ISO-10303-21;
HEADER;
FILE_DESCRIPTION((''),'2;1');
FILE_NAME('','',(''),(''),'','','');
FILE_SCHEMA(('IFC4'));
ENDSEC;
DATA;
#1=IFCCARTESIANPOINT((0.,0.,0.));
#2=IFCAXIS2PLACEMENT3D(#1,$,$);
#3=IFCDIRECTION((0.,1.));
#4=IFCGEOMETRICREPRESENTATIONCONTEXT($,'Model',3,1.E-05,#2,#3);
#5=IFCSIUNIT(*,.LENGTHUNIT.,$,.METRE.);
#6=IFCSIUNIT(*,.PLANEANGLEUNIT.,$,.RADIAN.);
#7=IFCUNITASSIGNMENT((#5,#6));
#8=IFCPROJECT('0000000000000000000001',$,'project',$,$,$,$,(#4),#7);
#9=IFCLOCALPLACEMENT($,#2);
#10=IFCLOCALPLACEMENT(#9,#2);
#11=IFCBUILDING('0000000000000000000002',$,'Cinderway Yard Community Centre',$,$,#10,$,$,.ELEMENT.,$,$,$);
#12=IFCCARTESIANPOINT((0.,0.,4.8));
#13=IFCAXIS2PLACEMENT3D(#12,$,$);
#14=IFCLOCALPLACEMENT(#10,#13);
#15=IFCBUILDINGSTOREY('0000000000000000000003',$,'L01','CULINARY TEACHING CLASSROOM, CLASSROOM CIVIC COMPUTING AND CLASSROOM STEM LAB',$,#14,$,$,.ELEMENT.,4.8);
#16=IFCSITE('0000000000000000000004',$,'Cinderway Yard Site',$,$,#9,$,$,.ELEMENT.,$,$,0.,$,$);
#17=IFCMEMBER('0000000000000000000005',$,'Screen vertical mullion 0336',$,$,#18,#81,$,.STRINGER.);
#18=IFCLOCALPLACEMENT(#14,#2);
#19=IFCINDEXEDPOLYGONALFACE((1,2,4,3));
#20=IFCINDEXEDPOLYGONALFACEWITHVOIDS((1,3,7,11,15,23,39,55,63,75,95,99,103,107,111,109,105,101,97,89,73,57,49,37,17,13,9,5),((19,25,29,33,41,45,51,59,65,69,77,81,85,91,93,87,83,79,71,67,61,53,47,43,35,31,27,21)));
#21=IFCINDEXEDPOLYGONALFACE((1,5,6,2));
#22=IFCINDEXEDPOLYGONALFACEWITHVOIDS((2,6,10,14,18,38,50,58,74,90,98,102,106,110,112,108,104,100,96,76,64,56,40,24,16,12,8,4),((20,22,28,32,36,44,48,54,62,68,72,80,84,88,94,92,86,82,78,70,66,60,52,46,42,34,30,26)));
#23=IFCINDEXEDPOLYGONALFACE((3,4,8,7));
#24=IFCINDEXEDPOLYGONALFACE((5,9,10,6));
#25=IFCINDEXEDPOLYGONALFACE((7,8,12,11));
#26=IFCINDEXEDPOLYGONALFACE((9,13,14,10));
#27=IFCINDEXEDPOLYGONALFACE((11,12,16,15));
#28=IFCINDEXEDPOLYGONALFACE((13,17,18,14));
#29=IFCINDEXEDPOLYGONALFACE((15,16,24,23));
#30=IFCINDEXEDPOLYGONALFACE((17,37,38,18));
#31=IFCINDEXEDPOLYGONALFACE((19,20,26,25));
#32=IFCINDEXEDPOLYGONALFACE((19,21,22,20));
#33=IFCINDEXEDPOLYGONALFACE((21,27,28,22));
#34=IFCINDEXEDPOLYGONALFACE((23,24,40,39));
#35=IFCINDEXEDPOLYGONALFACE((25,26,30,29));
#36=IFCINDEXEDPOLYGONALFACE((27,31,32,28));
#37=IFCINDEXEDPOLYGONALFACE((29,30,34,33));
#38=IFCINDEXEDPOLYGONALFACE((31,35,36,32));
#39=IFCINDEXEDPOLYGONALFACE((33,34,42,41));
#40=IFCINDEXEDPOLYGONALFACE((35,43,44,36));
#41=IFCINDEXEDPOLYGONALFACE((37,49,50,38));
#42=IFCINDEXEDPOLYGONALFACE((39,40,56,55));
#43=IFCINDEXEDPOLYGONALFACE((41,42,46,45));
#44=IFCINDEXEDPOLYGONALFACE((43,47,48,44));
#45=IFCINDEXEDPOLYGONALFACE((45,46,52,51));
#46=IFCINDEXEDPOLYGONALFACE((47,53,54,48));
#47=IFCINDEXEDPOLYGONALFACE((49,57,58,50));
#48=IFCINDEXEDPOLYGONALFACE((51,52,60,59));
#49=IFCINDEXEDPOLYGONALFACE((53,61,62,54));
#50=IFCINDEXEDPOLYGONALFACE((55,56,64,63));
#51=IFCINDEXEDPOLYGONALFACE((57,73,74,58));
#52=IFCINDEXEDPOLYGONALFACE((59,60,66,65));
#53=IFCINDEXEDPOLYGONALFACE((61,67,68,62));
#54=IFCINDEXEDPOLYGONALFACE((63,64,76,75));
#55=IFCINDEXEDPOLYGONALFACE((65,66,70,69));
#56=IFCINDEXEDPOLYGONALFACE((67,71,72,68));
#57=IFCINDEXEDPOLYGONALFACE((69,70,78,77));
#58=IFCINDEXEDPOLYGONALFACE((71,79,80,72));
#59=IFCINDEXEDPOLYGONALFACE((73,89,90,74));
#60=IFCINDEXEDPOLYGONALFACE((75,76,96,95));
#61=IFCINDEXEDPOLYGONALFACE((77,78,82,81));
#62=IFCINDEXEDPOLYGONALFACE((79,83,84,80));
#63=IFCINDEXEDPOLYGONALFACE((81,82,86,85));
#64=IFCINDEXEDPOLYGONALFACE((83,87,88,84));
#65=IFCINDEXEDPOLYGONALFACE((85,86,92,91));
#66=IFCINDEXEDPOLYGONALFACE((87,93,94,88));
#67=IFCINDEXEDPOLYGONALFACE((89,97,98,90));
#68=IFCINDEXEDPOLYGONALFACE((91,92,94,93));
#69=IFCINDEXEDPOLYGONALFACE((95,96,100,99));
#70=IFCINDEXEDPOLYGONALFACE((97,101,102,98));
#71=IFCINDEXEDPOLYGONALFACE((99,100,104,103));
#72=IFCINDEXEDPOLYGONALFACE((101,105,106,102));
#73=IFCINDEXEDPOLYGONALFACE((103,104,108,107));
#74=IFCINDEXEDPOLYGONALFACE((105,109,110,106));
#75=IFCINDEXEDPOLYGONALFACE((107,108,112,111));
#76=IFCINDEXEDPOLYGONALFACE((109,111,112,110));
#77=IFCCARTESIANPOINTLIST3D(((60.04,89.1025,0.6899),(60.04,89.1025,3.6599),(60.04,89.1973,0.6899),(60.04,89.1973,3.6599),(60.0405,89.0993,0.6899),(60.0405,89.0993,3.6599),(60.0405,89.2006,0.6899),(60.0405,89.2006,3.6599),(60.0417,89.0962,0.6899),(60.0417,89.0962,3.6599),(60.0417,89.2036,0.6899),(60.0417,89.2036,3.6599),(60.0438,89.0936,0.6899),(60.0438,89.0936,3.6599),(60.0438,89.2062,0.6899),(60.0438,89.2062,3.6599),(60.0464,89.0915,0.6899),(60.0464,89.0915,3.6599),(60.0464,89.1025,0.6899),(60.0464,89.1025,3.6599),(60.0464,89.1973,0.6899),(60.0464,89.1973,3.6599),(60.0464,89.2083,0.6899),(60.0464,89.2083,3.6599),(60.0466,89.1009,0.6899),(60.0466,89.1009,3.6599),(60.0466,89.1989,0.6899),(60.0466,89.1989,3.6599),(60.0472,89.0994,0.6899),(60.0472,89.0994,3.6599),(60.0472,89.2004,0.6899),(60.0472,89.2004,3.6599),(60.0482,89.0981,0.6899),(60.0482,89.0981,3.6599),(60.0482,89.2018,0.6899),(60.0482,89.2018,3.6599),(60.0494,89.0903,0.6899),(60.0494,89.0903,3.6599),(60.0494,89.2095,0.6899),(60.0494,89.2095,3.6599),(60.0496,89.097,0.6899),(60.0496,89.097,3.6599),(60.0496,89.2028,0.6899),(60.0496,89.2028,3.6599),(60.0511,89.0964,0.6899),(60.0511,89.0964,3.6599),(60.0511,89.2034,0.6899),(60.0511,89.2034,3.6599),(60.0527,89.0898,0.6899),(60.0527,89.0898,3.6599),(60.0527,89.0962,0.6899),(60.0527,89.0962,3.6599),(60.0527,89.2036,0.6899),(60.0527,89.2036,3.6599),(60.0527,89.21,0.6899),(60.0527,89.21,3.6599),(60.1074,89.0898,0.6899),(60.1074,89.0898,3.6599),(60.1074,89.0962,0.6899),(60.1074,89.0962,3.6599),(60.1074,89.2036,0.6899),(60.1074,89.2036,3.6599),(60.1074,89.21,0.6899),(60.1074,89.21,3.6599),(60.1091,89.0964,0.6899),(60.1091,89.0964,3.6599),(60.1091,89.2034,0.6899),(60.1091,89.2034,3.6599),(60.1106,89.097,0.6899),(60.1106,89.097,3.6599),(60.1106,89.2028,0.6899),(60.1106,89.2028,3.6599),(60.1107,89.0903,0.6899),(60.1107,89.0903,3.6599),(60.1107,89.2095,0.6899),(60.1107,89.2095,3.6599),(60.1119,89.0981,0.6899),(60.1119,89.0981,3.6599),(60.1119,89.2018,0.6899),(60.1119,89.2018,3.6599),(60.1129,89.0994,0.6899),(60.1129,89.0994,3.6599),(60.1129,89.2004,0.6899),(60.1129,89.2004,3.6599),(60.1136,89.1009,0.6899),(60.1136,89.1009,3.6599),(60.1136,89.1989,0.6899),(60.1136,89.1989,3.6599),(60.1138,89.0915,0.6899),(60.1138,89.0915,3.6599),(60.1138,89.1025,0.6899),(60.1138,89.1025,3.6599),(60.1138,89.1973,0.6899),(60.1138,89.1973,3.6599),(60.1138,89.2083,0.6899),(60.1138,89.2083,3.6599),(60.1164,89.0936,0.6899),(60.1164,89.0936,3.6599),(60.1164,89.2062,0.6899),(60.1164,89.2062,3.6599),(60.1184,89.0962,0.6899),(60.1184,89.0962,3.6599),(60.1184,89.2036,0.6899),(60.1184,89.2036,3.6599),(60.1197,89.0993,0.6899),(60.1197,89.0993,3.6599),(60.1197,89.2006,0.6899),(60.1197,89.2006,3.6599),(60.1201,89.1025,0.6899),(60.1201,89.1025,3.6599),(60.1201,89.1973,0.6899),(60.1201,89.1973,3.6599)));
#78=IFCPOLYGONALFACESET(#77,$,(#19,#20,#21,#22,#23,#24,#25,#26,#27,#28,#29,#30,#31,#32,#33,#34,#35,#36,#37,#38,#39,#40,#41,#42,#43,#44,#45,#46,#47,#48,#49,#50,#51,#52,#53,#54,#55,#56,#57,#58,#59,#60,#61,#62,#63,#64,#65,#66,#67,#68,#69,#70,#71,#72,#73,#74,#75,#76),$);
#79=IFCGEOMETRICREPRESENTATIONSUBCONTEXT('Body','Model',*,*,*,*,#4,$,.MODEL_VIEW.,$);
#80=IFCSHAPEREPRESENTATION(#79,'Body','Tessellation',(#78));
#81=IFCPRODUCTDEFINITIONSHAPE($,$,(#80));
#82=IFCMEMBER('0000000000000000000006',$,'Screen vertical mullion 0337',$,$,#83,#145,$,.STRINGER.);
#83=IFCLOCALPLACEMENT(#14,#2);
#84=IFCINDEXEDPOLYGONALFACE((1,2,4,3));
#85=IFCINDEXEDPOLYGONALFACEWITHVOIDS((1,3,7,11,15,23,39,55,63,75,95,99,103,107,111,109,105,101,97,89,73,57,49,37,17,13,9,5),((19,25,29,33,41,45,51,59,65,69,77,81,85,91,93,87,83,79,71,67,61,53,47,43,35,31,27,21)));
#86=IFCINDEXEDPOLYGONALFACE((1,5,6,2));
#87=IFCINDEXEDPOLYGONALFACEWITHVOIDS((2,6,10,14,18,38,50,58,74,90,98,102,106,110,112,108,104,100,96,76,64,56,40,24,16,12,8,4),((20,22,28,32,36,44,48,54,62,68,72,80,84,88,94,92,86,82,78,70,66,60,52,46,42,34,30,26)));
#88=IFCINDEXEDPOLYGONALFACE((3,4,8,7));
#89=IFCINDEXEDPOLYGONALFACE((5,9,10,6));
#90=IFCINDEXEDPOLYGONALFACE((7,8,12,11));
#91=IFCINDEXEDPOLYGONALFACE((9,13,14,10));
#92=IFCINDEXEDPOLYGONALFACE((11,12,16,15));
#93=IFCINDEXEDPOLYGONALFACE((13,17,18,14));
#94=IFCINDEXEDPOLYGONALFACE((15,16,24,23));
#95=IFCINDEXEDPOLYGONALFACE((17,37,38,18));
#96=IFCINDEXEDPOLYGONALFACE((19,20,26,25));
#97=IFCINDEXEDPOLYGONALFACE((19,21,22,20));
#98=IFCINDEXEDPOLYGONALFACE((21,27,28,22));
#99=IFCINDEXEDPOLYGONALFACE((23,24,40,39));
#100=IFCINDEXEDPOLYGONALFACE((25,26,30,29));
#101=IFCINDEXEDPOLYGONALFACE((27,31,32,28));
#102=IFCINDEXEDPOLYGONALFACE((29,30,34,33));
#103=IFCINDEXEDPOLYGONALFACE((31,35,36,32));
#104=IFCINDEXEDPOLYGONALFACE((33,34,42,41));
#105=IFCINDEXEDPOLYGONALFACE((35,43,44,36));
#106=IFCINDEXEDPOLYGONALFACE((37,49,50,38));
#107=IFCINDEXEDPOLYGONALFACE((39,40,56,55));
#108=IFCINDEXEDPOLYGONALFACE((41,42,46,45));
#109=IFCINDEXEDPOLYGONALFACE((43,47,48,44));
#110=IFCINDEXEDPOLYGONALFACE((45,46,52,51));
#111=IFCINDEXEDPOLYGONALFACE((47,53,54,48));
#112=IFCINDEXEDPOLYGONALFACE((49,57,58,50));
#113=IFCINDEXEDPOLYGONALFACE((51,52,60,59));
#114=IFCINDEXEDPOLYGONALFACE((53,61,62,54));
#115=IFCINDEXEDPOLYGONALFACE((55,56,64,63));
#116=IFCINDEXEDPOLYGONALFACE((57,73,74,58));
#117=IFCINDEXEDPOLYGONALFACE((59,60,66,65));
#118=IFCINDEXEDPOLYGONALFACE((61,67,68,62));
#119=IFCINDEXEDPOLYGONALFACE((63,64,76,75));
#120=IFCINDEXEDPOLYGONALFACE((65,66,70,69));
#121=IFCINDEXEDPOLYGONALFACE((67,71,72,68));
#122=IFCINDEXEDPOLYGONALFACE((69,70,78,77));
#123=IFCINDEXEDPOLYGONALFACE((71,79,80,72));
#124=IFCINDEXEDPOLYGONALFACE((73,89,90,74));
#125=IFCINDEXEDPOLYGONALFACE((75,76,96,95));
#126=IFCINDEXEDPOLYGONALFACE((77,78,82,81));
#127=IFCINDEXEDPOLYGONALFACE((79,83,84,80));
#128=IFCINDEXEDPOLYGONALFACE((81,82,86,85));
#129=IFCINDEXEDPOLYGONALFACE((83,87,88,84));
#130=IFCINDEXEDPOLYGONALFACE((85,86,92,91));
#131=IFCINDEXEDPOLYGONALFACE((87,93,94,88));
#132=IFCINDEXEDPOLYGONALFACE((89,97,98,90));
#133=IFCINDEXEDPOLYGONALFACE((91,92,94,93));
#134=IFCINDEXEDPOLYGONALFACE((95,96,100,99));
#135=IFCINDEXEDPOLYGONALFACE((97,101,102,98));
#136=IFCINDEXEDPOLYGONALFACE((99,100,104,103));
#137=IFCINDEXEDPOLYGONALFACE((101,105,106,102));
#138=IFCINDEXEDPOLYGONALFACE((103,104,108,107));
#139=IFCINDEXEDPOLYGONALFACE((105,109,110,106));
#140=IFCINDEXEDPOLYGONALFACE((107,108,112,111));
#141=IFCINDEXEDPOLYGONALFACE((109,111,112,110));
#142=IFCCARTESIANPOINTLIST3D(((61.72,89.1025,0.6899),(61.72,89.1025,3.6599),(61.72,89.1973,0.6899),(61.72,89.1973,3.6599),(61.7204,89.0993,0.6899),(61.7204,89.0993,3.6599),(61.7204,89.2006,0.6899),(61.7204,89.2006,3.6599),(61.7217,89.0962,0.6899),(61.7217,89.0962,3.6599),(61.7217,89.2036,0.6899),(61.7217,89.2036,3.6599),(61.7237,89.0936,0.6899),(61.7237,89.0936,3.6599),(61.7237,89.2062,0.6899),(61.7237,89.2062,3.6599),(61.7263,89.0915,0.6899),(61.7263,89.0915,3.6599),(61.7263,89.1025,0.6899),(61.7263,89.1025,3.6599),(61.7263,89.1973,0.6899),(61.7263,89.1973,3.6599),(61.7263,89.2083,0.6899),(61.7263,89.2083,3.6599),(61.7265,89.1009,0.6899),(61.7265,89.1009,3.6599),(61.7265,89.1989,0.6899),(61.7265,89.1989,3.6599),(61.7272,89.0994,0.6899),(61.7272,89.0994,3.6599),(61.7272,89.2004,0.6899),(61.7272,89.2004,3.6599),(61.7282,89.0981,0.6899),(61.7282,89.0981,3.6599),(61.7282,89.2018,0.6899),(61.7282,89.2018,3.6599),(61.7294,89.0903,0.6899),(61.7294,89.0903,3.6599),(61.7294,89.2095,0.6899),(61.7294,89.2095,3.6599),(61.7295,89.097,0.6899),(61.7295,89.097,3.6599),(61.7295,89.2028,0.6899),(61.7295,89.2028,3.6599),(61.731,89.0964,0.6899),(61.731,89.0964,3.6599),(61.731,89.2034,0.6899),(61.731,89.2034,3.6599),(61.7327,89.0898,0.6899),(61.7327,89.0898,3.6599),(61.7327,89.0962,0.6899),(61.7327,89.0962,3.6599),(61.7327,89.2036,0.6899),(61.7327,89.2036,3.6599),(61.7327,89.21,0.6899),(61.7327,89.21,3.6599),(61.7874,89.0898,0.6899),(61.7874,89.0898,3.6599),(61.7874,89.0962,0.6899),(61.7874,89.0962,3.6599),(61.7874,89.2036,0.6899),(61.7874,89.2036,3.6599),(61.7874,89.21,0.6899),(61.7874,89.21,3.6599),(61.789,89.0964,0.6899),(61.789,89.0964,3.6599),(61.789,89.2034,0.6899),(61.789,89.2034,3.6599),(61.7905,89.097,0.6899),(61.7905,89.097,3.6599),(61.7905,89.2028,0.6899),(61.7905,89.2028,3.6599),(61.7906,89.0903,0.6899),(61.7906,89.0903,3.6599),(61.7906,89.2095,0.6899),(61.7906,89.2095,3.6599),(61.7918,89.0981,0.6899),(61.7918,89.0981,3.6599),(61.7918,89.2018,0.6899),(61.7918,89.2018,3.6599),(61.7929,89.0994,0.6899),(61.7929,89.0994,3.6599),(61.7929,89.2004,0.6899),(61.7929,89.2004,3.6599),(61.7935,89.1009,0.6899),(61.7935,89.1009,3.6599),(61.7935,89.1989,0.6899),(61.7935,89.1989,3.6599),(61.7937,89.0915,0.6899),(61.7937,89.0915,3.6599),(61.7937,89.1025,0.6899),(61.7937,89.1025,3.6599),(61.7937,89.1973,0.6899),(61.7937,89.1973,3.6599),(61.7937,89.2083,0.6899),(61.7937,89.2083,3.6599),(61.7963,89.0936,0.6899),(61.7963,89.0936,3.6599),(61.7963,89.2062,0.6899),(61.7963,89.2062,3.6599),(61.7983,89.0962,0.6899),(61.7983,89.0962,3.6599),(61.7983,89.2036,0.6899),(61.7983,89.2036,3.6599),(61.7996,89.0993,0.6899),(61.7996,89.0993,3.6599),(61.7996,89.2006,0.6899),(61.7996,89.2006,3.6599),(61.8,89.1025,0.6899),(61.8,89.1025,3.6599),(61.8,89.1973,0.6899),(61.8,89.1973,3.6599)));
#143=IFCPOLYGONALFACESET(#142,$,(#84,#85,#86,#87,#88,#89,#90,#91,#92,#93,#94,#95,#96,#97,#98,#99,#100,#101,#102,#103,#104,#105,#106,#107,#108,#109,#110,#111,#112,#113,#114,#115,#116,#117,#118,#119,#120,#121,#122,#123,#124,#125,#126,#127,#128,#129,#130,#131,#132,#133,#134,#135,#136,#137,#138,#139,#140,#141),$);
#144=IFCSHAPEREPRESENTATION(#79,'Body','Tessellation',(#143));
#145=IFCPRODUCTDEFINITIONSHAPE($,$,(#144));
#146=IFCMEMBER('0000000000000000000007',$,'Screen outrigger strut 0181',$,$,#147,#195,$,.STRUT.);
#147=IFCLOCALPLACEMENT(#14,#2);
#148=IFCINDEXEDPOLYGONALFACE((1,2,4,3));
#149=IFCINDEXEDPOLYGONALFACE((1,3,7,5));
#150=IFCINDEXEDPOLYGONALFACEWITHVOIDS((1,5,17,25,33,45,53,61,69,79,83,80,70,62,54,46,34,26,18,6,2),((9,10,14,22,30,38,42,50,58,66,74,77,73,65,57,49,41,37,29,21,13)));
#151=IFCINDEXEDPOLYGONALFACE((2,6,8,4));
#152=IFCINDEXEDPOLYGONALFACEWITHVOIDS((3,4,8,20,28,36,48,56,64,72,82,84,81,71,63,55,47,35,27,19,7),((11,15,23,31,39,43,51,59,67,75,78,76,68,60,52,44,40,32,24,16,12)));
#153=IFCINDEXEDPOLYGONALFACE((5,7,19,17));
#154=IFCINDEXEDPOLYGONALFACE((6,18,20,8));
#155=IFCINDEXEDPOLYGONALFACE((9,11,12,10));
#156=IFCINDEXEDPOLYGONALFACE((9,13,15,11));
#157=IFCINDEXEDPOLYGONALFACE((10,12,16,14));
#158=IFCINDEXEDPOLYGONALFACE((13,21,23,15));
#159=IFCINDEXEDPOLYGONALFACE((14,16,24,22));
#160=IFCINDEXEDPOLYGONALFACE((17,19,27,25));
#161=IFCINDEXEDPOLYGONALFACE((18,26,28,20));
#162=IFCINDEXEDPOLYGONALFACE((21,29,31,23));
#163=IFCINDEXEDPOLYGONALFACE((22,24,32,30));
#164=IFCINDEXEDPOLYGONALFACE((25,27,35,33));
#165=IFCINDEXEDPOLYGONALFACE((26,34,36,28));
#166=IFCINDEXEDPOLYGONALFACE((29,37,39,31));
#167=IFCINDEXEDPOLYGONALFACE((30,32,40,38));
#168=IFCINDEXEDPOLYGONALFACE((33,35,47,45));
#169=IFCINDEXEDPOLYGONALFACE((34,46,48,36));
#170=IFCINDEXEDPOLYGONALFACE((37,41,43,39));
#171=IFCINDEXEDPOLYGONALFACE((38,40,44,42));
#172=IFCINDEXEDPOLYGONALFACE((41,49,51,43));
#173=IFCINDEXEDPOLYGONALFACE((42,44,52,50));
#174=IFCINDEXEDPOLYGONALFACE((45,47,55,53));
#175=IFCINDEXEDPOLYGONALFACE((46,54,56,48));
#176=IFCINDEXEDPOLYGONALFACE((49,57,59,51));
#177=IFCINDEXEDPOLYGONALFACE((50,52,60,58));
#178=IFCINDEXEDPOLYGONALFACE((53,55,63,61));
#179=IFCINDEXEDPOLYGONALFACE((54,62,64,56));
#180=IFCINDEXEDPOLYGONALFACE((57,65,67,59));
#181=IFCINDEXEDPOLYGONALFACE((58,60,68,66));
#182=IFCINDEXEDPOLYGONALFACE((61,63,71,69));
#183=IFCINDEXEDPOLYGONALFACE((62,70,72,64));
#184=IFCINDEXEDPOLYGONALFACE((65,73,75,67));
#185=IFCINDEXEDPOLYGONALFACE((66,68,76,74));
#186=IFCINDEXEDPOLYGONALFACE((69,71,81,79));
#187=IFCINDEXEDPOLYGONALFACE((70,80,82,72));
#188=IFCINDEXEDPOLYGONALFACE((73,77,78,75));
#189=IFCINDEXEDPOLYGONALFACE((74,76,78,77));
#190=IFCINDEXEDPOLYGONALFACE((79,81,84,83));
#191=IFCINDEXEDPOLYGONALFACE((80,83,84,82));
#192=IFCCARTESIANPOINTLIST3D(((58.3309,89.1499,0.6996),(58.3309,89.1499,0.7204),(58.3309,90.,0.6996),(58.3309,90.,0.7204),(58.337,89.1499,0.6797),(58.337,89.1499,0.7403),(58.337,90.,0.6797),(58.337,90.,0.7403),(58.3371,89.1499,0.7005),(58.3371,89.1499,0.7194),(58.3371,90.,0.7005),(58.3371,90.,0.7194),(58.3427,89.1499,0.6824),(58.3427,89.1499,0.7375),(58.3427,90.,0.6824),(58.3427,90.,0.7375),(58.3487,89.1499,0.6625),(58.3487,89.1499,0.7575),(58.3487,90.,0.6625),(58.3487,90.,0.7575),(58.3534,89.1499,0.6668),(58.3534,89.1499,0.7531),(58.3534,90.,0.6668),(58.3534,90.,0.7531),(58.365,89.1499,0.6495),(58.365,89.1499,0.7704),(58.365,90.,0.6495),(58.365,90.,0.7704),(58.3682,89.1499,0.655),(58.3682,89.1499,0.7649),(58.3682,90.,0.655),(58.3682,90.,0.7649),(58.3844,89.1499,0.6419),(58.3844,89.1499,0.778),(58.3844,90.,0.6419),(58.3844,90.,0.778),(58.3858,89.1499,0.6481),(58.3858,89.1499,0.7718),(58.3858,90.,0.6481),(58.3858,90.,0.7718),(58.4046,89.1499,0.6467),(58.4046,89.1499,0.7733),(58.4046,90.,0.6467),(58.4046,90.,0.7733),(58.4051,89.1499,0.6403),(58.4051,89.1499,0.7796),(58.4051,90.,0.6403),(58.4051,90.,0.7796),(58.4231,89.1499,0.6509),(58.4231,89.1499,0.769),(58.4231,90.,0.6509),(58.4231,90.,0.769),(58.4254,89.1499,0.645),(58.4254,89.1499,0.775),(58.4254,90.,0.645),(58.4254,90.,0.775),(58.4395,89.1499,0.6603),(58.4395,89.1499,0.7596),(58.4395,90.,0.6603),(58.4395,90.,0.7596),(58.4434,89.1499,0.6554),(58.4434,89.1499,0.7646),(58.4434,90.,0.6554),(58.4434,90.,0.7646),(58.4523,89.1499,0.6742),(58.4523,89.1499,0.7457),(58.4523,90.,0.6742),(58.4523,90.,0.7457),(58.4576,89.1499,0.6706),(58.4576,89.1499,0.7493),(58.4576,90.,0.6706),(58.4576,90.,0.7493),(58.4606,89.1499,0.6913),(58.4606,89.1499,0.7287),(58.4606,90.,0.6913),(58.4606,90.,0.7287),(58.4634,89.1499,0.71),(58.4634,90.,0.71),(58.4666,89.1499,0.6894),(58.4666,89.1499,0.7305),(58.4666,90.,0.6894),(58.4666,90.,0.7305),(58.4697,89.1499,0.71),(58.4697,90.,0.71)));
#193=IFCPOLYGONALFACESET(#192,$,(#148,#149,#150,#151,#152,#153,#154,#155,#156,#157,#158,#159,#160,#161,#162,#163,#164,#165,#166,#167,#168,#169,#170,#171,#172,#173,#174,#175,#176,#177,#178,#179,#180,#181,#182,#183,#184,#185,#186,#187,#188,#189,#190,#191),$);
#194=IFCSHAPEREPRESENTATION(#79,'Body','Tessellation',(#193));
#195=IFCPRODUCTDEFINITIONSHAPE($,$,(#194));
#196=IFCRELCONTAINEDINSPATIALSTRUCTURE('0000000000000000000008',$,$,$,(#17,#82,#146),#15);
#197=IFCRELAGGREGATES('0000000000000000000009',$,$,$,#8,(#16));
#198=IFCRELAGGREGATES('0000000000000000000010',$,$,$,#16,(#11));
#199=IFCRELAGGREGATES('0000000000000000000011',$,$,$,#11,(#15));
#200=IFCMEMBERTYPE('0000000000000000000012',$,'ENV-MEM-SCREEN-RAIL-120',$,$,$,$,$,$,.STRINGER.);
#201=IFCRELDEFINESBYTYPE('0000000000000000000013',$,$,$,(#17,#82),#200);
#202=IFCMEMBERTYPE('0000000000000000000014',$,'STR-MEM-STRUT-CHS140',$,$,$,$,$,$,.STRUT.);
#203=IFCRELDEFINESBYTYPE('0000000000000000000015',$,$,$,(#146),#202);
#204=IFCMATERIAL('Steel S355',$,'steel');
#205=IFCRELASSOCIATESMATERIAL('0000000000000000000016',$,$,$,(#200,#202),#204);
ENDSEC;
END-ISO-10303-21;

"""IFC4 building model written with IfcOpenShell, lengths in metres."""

from ifc_helpers import new_model, si_unit, direction, frame, origin, origin_2d, place, context, subcontext, project, spatial, hollow_rectangle, hollow_circle, extrude, material, material_profile, profile_set, type_object, element, save


model = new_model("IFC4")

# Units and contexts
model_context = context("Model", 3, precision=1e-05, world=origin(), true_north=direction((0.0, 1.0)))
body_context = subcontext(model_context, "Body", "Model", "MODEL_VIEW")
ifc_project = project(units=[si_unit("LENGTHUNIT", "METRE"), si_unit("PLANEANGLEUNIT", "RADIAN")], contexts=[model_context])

# Site, building, storey
site_placement = place(None, origin())
site = spatial("IfcSite", under=ifc_project, at=site_placement, Name="Cinderway Yard Site", CompositionType="ELEMENT", RefElevation=0.0)
building_placement = place(site_placement, origin())
building = spatial("IfcBuilding", under=site, at=building_placement, Name="Cinderway Yard Community Centre", CompositionType="ELEMENT")
storey_placement = place(building_placement, frame((0.0, 0.0, 4.8)))
storey = spatial("IfcBuildingStorey", under=building, at=storey_placement, Name="L01", Description="CULINARY TEACHING CLASSROOM, CLASSROOM CIVIC COMPUTING AND CLASSROOM STEM LAB", CompositionType="ELEMENT", Elevation=4.8)

# Members
ifc_material_1 = material(Name="Steel S355", Category="steel")
ifc_material_profile_1 = material_profile(ifc_material_1, hollow_rectangle(XDim=0.0801, YDim=0.1201, WallThickness=0.0063, InnerFilletRadius=0.0063, OuterFilletRadius=0.0127, at=origin_2d()), Name="Steel S355")
ifc_profile_set_1 = profile_set([ifc_material_profile_1], Name="Steel S355")
member_type_1 = type_object("IfcMemberType", Name="ENV-MEM-SCREEN-RAIL-120", PredefinedType="STRINGER", material=ifc_profile_set_1)
for number, where, z_axis, x_axis, name in (
    (1, (60.0801, 89.1499, 0.6899), (0.0, 0.0, 1.0), (1.0, 0.0, 0.0), "Screen vertical mullion 0336"),
    (2, (61.76, 89.1499, 0.6899), (0.0, 0.0, 1.0), (1.0, 0.0, 0.0), "Screen vertical mullion 0337"),
):
    element("IfcMember", number, at=place(storey_placement, frame(where, z_axis=z_axis, x_axis=x_axis)), inside=storey, type_object=member_type_1, Name=name, PredefinedType="STRINGER", context=body_context, shape_type="SweptSolid", body=[
        extrude(hollow_rectangle(XDim=0.0801, YDim=0.1201, WallThickness=0.0063, InnerFilletRadius=0.0063, OuterFilletRadius=0.0127, at=origin_2d()), origin(), (0.0, 0.0, 1.0), 2.97),
    ])
ifc_material_profile_2 = material_profile(ifc_material_1, hollow_circle(Radius=0.0698, WallThickness=0.0063, at=origin_2d()), Name="Steel S355")
ifc_profile_set_2 = profile_set([ifc_material_profile_2], Name="Steel S355")
member_type_2 = type_object("IfcMemberType", Name="STR-MEM-STRUT-CHS140", PredefinedType="STRUT", material=ifc_profile_set_2)
for number, where, z_axis, x_axis, name in (
    (3, (58.3999, 90.0, 0.71), (0.0, -1.0, 0.0), (1.0, 0.0, 0.0), "Screen outrigger strut 0181"),
):
    element("IfcMember", number, at=place(storey_placement, frame(where, z_axis=z_axis, x_axis=x_axis)), inside=storey, type_object=member_type_2, Name=name, PredefinedType="STRUT", context=body_context, shape_type="SweptSolid", body=[
        extrude(hollow_circle(Radius=0.0698, WallThickness=0.0063, at=origin_2d()), origin(), (0.0, 0.0, 1.0), 0.8501),
    ])

save(model, "model.ifc")
